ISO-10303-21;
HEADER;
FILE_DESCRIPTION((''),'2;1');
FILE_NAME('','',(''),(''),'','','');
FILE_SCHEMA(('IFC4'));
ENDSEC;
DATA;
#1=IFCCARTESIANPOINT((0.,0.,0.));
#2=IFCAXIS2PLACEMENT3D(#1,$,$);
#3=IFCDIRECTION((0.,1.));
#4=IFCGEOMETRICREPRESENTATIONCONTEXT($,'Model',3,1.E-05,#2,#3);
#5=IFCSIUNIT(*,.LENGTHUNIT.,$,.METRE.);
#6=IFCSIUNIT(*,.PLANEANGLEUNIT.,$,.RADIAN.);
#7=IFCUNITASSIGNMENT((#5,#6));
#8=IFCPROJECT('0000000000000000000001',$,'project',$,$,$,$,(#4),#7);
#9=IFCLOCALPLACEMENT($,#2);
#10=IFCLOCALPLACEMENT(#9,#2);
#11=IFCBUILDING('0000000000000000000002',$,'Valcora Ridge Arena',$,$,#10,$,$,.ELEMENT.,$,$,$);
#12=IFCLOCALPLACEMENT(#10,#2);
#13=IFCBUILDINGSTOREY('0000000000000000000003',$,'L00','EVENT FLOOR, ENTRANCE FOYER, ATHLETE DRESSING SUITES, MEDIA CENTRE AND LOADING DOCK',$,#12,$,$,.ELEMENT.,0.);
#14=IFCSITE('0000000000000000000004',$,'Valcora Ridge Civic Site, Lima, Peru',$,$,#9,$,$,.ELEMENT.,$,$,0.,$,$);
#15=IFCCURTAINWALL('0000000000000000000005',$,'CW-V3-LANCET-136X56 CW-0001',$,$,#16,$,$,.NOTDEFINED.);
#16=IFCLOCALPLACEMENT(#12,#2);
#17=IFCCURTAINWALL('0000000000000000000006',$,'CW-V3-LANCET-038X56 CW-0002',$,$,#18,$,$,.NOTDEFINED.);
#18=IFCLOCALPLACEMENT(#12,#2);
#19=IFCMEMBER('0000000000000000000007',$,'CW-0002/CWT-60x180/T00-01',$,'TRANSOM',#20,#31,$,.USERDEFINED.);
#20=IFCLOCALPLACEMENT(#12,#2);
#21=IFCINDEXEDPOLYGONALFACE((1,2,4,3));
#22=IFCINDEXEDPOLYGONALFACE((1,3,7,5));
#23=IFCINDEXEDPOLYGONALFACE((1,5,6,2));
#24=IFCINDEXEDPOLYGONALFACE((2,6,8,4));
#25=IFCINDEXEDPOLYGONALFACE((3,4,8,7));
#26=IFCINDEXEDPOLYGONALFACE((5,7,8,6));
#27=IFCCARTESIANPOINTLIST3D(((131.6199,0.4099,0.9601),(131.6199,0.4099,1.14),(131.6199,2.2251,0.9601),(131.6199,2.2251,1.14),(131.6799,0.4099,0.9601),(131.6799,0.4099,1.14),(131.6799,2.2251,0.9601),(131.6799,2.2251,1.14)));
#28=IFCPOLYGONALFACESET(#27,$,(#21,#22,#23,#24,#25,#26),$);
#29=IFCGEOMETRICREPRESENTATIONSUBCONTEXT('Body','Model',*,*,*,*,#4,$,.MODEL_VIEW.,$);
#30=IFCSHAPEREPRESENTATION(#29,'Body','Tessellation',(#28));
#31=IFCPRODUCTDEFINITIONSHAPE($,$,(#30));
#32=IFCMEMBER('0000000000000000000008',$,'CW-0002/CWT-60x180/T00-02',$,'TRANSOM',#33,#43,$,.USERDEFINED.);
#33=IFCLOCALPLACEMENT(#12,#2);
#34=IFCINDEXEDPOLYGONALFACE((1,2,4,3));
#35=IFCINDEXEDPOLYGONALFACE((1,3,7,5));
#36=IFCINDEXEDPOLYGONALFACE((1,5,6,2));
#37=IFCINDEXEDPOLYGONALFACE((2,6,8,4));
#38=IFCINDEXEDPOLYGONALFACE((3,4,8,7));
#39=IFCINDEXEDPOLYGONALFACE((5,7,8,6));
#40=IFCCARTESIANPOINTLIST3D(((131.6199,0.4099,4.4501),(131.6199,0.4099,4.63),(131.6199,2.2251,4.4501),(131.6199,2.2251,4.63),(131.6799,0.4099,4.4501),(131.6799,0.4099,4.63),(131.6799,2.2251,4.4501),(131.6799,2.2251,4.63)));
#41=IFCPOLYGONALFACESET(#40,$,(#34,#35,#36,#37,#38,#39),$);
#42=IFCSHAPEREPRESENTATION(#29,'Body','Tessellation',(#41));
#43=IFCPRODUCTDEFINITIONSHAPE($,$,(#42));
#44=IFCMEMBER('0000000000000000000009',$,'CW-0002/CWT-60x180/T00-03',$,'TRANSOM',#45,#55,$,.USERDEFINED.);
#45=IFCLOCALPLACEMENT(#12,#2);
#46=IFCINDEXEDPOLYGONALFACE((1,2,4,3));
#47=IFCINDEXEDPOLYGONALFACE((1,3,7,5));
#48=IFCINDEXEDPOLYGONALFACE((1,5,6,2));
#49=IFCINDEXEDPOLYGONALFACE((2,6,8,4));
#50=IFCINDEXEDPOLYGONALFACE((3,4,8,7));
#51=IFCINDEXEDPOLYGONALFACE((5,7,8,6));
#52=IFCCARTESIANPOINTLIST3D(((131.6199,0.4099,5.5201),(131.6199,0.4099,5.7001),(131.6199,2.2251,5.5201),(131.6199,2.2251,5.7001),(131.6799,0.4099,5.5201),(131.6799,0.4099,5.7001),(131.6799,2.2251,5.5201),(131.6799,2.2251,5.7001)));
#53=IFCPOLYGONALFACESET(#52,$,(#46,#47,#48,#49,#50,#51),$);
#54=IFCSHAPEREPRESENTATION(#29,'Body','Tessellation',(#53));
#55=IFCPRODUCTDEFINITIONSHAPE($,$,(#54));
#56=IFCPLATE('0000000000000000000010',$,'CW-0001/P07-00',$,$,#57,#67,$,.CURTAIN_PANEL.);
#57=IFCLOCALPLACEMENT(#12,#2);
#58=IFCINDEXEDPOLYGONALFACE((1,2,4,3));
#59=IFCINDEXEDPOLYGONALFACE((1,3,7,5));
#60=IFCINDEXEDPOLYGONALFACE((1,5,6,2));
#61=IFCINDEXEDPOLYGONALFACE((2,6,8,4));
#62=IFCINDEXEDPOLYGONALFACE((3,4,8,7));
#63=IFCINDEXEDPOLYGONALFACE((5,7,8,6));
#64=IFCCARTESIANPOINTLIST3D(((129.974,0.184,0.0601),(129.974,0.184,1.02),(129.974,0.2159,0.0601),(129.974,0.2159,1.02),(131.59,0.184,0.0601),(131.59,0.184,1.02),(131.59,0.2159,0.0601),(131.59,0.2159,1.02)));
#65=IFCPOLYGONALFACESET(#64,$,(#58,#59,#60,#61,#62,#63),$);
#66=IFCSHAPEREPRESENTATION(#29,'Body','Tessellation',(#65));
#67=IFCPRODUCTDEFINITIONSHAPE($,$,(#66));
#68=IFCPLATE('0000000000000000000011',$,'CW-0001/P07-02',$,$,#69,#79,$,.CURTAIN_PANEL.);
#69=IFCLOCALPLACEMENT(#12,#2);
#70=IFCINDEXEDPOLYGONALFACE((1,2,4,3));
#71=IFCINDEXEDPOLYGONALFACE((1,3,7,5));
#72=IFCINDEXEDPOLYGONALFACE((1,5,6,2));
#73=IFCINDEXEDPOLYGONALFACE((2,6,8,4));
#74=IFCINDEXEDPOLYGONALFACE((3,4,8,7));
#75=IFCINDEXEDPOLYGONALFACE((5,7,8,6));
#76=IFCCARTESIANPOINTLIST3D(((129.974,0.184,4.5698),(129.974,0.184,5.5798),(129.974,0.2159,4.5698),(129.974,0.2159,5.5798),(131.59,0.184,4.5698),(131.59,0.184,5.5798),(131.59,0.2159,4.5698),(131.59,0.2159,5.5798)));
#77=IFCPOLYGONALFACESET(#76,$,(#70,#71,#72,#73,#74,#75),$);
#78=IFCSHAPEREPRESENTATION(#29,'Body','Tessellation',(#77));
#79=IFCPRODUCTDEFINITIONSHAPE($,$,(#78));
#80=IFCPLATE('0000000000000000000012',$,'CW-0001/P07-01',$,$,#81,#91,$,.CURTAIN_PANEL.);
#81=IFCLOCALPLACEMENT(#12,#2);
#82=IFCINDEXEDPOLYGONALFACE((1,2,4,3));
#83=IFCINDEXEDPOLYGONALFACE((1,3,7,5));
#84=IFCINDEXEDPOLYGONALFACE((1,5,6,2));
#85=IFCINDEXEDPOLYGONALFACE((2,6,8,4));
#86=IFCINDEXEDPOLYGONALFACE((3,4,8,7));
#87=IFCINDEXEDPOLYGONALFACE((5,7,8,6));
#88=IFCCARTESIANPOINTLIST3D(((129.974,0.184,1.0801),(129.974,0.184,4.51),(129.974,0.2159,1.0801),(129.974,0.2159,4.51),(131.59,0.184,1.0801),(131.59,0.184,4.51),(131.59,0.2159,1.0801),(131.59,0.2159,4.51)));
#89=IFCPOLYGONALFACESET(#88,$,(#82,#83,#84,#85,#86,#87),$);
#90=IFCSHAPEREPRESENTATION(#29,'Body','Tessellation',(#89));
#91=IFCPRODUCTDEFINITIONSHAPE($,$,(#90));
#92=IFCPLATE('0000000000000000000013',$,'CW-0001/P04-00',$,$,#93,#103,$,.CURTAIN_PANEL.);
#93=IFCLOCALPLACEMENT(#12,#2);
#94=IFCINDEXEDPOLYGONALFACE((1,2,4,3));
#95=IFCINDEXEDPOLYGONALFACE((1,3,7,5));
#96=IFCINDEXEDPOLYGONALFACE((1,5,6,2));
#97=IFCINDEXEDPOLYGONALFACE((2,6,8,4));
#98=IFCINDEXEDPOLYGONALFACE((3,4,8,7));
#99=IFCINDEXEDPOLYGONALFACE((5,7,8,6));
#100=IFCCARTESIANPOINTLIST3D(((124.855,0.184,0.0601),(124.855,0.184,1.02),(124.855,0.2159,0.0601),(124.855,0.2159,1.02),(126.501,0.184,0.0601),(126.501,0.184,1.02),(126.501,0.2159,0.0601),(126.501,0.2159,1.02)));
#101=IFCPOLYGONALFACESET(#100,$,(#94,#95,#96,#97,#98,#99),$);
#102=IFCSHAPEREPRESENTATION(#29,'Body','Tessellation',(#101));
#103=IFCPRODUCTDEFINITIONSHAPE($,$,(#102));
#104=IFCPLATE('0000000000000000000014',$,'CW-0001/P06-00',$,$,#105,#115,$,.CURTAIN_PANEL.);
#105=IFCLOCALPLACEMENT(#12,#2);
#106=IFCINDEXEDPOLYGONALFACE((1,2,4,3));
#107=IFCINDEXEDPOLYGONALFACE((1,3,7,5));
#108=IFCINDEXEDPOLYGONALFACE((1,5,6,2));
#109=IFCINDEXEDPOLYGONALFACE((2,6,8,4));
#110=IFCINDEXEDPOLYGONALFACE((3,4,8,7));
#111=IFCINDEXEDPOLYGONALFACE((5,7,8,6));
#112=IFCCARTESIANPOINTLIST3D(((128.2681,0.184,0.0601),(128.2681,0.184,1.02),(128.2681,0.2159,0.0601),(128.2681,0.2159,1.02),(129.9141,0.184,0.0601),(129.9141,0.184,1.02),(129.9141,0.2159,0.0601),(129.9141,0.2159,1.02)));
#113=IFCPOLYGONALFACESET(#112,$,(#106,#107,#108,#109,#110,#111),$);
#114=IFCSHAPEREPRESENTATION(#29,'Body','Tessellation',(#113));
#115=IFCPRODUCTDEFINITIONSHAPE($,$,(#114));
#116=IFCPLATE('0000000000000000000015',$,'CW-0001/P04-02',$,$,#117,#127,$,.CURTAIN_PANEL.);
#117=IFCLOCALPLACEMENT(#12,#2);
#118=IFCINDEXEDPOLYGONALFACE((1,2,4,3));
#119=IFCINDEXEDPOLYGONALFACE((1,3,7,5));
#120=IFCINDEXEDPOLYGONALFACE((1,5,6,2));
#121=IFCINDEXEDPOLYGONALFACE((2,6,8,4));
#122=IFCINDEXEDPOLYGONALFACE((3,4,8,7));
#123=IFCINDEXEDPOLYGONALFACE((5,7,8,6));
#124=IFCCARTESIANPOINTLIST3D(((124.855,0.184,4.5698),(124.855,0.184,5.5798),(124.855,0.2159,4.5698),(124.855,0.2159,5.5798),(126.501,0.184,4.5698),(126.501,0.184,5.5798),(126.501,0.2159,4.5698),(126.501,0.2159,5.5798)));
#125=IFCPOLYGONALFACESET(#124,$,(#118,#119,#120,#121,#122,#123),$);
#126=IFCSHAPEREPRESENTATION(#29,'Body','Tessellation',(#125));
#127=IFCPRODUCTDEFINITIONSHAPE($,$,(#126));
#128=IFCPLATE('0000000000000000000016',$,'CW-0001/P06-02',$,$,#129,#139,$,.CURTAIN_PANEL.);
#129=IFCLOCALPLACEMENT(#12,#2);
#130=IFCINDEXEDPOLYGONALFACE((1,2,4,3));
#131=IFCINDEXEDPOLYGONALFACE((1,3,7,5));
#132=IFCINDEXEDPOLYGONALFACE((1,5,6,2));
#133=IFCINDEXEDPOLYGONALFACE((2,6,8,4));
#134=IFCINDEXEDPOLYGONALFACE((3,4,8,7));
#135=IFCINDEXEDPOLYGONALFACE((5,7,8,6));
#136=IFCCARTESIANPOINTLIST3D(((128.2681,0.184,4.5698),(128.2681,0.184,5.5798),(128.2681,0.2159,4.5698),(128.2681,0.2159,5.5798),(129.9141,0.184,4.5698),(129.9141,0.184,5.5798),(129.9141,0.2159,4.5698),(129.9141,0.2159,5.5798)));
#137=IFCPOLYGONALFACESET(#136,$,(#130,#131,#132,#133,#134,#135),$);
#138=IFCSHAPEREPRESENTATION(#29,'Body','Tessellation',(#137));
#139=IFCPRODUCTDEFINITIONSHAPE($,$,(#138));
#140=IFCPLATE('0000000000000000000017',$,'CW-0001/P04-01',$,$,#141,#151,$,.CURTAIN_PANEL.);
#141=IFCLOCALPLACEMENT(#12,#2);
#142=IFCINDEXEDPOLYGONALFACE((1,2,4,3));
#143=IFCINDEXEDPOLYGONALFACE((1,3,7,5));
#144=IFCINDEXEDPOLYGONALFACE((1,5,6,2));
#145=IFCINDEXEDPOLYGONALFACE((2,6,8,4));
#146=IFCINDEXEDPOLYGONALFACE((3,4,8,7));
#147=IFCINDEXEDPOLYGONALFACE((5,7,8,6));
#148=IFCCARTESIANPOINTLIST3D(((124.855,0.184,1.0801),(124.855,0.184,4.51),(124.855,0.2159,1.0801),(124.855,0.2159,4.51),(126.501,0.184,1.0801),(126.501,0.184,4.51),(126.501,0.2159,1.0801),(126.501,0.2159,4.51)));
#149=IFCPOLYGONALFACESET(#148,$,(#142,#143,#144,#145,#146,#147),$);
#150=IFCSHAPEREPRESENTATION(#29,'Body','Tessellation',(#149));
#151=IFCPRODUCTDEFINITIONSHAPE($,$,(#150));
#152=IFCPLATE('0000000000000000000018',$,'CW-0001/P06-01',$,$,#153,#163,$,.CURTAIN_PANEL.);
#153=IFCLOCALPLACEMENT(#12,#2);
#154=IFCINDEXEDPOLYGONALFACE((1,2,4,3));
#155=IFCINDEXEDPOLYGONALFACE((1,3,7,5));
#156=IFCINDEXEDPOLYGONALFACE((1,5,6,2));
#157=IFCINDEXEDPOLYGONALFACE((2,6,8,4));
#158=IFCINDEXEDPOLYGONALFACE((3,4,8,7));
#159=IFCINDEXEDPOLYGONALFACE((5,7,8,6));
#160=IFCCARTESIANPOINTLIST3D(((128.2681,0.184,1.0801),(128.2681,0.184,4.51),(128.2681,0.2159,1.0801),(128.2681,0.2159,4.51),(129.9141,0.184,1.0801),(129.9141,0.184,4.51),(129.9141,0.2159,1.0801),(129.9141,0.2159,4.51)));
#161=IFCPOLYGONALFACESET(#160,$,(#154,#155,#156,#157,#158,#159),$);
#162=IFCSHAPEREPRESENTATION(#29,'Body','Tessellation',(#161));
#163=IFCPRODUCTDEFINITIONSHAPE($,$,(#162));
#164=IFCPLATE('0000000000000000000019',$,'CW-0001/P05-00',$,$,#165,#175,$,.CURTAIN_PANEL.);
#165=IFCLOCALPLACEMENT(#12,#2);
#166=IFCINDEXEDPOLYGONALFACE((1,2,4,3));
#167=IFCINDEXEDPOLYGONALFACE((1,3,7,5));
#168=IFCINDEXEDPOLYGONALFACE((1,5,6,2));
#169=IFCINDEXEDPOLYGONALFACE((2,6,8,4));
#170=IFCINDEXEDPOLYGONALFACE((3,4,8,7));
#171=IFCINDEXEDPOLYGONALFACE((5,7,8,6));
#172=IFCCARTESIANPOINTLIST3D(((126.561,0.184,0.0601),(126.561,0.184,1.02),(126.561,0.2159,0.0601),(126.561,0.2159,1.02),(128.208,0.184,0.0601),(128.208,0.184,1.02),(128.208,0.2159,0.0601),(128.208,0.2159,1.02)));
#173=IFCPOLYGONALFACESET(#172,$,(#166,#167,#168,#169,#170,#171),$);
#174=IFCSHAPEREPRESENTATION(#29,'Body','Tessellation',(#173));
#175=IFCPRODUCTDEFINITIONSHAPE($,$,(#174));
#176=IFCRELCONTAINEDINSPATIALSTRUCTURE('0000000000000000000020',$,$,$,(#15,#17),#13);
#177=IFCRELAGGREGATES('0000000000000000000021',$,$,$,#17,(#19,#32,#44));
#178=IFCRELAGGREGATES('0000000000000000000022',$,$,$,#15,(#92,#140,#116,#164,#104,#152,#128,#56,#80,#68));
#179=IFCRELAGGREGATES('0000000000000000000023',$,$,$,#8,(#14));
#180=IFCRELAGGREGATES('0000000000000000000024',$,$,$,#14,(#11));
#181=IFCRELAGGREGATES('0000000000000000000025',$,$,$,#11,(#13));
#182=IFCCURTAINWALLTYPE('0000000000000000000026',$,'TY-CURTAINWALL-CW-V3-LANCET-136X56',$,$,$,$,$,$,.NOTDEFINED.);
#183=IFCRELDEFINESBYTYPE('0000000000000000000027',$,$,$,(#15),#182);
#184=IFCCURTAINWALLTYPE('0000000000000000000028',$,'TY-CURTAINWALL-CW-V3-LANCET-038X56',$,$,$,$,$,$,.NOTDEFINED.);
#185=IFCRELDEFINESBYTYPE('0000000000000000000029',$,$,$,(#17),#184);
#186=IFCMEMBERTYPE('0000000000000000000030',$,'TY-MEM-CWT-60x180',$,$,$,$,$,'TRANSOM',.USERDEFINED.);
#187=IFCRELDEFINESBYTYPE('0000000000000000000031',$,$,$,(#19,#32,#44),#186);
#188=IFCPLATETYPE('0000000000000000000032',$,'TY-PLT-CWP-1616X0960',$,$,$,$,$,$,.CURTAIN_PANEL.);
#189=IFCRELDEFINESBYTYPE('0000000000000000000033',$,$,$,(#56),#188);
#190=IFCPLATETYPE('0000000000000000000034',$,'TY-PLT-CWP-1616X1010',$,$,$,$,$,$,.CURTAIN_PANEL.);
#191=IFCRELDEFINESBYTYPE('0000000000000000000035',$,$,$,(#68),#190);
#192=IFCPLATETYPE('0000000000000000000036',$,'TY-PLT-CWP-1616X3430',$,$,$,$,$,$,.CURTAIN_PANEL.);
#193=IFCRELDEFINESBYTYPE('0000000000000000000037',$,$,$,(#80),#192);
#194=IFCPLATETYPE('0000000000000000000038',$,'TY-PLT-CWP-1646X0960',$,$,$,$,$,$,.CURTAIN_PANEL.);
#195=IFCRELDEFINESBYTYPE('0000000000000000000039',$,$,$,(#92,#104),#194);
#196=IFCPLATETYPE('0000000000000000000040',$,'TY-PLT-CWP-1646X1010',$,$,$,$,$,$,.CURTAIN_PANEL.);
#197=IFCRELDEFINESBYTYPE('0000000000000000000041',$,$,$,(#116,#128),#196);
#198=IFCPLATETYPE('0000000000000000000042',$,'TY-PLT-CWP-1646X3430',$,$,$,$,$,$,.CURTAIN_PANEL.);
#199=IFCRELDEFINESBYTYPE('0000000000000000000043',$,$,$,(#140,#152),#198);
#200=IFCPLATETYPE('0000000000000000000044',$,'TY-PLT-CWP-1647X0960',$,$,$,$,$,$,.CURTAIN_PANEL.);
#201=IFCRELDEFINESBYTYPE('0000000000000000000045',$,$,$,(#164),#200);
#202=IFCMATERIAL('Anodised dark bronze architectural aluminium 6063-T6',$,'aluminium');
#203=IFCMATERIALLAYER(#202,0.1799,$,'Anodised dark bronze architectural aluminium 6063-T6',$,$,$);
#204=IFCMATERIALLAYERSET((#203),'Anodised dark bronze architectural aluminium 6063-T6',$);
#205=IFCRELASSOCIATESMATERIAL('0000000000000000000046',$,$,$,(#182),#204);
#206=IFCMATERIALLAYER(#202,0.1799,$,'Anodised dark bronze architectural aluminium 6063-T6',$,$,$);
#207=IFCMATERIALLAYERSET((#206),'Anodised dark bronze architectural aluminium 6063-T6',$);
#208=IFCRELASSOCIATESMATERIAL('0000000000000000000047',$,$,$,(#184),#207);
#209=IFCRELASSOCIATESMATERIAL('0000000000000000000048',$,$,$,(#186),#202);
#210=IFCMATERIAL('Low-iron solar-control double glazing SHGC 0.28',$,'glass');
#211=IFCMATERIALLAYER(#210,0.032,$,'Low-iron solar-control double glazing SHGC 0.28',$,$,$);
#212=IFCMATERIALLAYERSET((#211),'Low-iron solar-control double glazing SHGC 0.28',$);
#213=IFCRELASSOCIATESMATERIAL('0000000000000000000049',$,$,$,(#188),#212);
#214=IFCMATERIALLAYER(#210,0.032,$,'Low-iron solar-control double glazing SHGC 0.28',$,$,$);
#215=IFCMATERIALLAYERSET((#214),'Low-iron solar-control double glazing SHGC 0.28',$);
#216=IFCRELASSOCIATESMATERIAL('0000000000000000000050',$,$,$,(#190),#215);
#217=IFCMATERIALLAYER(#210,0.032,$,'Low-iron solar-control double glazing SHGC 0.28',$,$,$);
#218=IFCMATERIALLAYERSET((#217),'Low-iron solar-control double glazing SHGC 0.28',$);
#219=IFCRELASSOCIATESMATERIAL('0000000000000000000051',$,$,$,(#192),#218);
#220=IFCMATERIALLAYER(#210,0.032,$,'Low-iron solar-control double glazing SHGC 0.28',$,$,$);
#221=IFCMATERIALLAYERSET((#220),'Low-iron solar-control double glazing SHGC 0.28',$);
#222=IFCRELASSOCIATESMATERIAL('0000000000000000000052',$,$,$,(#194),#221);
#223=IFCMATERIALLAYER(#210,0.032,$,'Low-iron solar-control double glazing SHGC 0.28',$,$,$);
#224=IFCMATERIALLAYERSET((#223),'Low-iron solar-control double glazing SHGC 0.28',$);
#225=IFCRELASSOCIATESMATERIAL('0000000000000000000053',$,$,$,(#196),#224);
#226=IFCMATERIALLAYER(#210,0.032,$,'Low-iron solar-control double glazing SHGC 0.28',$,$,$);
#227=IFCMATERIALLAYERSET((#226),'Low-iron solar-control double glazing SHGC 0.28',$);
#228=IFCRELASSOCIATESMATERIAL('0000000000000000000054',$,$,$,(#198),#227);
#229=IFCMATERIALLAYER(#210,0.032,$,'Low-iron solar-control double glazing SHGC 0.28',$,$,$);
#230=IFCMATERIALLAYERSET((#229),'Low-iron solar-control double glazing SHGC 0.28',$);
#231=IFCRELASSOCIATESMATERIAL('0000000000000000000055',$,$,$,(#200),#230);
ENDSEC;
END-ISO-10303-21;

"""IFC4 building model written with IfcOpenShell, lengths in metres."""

from ifc_helpers import new_model, si_unit, direction, frame, origin, origin_2d, place, context, subcontext, project, spatial, rectangle, extrude, material, layer, layer_set, material_profile, profile_set, type_object, element, aggregate, save


model = new_model("IFC4")

# Units and contexts
model_context = context("Model", 3, precision=1e-05, world=origin(), true_north=direction((0.0, 1.0)))
body_context = subcontext(model_context, "Body", "Model", "MODEL_VIEW")
ifc_project = project(units=[si_unit("LENGTHUNIT", "METRE"), si_unit("PLANEANGLEUNIT", "RADIAN")], contexts=[model_context])

# Site, building, storey
site_placement = place(None, origin())
site = spatial("IfcSite", under=ifc_project, at=site_placement, Name="Valcora Ridge Civic Site, Lima, Peru", CompositionType="ELEMENT", RefElevation=0.0)
building_placement = place(site_placement, origin())
building = spatial("IfcBuilding", under=site, at=building_placement, Name="Valcora Ridge Arena", CompositionType="ELEMENT")
storey_placement = place(building_placement, origin())
storey = spatial("IfcBuildingStorey", under=building, at=storey_placement, Name="L00", Description="EVENT FLOOR, ENTRANCE FOYER, ATHLETE DRESSING SUITES, MEDIA CENTRE AND LOADING DOCK", CompositionType="ELEMENT", Elevation=0.0)

# Curtain wall
ifc_material_1 = material(Name="Anodised dark bronze architectural aluminium 6063-T6", Category="aluminium")
ifc_layer_1 = layer(ifc_material_1, 0.1799, Name="Anodised dark bronze architectural aluminium 6063-T6")
ifc_layer_set_1 = layer_set([ifc_layer_1], Name="Anodised dark bronze architectural aluminium 6063-T6")
curtain_wall_type_1 = type_object("IfcCurtainWallType", Name="TY-CURTAINWALL-CW-V3-LANCET-136X56", PredefinedType="NOTDEFINED", material=ifc_layer_set_1)
curtain_wall_1_placement = place(storey_placement, origin())
curtain_wall_1 = element("IfcCurtainWall", 1, at=curtain_wall_1_placement, inside=storey, type_object=curtain_wall_type_1, Name="CW-V3-LANCET-136X56 CW-0001", PredefinedType="NOTDEFINED")

# Curtain wall
ifc_layer_2 = layer(ifc_material_1, 0.1799, Name="Anodised dark bronze architectural aluminium 6063-T6")
ifc_layer_set_2 = layer_set([ifc_layer_2], Name="Anodised dark bronze architectural aluminium 6063-T6")
curtain_wall_type_2 = type_object("IfcCurtainWallType", Name="TY-CURTAINWALL-CW-V3-LANCET-038X56", PredefinedType="NOTDEFINED", material=ifc_layer_set_2)
curtain_wall_2_placement = place(storey_placement, origin())
curtain_wall_2 = element("IfcCurtainWall", 2, at=curtain_wall_2_placement, inside=storey, type_object=curtain_wall_type_2, Name="CW-V3-LANCET-038X56 CW-0002", PredefinedType="NOTDEFINED")

# Members
ifc_material_profile_1 = material_profile(ifc_material_1, rectangle(XDim=0.0601, YDim=0.1799, at=origin_2d()), Name="ALU TRANSOM 60x180")
ifc_profile_set_1 = profile_set([ifc_material_profile_1], Name="Anodised dark bronze architectural aluminium 6063-T6")
member_type_1 = type_object("IfcMemberType", Name="TY-MEM-CWT-60x180", ElementType="TRANSOM", PredefinedType="USERDEFINED", material=ifc_profile_set_1)
member_1_placement = place(storey_placement, frame((131.6499, 0.4099, 1.05), z_axis=(0.0, 1.0, 0.0), x_axis=(-1.0, 0.0, 0.0)))
member_1 = element("IfcMember", 3, at=member_1_placement, type_object=member_type_1, Name="CW-0002/CWT-60x180/T00-01", ObjectType="TRANSOM", PredefinedType="USERDEFINED", context=body_context, shape_type="SweptSolid", body=[
    extrude(rectangle(XDim=0.0601, YDim=0.1799, at=origin_2d()), origin(), (0.0, 0.0, 1.0), 1.8152),
])
member_2_placement = place(storey_placement, frame((131.6499, 0.4099, 4.54), z_axis=(0.0, 1.0, 0.0), x_axis=(-1.0, 0.0, 0.0)))
member_2 = element("IfcMember", 4, at=member_2_placement, type_object=member_type_1, Name="CW-0002/CWT-60x180/T00-02", ObjectType="TRANSOM", PredefinedType="USERDEFINED", context=body_context, shape_type="SweptSolid", body=[
    extrude(rectangle(XDim=0.0601, YDim=0.1799, at=origin_2d()), origin(), (0.0, 0.0, 1.0), 1.8152),
])
member_3_placement = place(storey_placement, frame((131.6499, 0.4099, 5.6101), z_axis=(0.0, 1.0, 0.0), x_axis=(-1.0, 0.0, 0.0)))
member_3 = element("IfcMember", 5, at=member_3_placement, type_object=member_type_1, Name="CW-0002/CWT-60x180/T00-03", ObjectType="TRANSOM", PredefinedType="USERDEFINED", context=body_context, shape_type="SweptSolid", body=[
    extrude(rectangle(XDim=0.0601, YDim=0.1799, at=origin_2d()), origin(), (0.0, 0.0, 1.0), 1.8152),
])
aggregate(curtain_wall_2, [member_1, member_2, member_3])

# Plates
ifc_material_2 = material(Name="Low-iron solar-control double glazing SHGC 0.28", Category="glass")
ifc_layer_3 = layer(ifc_material_2, 0.032, Name="Low-iron solar-control double glazing SHGC 0.28")
ifc_layer_set_3 = layer_set([ifc_layer_3], Name="Low-iron solar-control double glazing SHGC 0.28")
plate_type_1 = type_object("IfcPlateType", Name="TY-PLT-CWP-1616X0960", PredefinedType="CURTAIN_PANEL", material=ifc_layer_set_3)
plate_1_placement = place(storey_placement, frame((130.782, 0.2, 0.0601), z_axis=(0.0, 0.0, 1.0), x_axis=(1.0, 0.0, 0.0)))
plate_1 = element("IfcPlate", 6, at=plate_1_placement, type_object=plate_type_1, Name="CW-0001/P07-00", PredefinedType="CURTAIN_PANEL", context=body_context, shape_type="SweptSolid", body=[
    extrude(rectangle(XDim=1.616, YDim=0.032, at=origin_2d()), origin(), (0.0, 0.0, 1.0), 0.96),
])
ifc_layer_4 = layer(ifc_material_2, 0.032, Name="Low-iron solar-control double glazing SHGC 0.28")
ifc_layer_set_4 = layer_set([ifc_layer_4], Name="Low-iron solar-control double glazing SHGC 0.28")
plate_type_2 = type_object("IfcPlateType", Name="TY-PLT-CWP-1616X1010", PredefinedType="CURTAIN_PANEL", material=ifc_layer_set_4)
plate_2_placement = place(storey_placement, frame((130.782, 0.2, 4.5698), z_axis=(0.0, 0.0, 1.0), x_axis=(1.0, 0.0, 0.0)))
plate_2 = element("IfcPlate", 7, at=plate_2_placement, type_object=plate_type_2, Name="CW-0001/P07-02", PredefinedType="CURTAIN_PANEL", context=body_context, shape_type="SweptSolid", body=[
    extrude(rectangle(XDim=1.616, YDim=0.032, at=origin_2d()), origin(), (0.0, 0.0, 1.0), 1.01),
])
ifc_layer_5 = layer(ifc_material_2, 0.032, Name="Low-iron solar-control double glazing SHGC 0.28")
ifc_layer_set_5 = layer_set([ifc_layer_5], Name="Low-iron solar-control double glazing SHGC 0.28")
plate_type_3 = type_object("IfcPlateType", Name="TY-PLT-CWP-1616X3430", PredefinedType="CURTAIN_PANEL", material=ifc_layer_set_5)
plate_3_placement = place(storey_placement, frame((130.782, 0.2, 1.0801), z_axis=(0.0, 0.0, 1.0), x_axis=(1.0, 0.0, 0.0)))
plate_3 = element("IfcPlate", 8, at=plate_3_placement, type_object=plate_type_3, Name="CW-0001/P07-01", PredefinedType="CURTAIN_PANEL", context=body_context, shape_type="SweptSolid", body=[
    extrude(rectangle(XDim=1.616, YDim=0.032, at=origin_2d()), origin(), (0.0, 0.0, 1.0), 3.4299),
])
ifc_layer_6 = layer(ifc_material_2, 0.032, Name="Low-iron solar-control double glazing SHGC 0.28")
ifc_layer_set_6 = layer_set([ifc_layer_6], Name="Low-iron solar-control double glazing SHGC 0.28")
plate_type_4 = type_object("IfcPlateType", Name="TY-PLT-CWP-1646X0960", PredefinedType="CURTAIN_PANEL", material=ifc_layer_set_6)
plate_4_placement = place(storey_placement, frame((125.678, 0.2, 0.0601), z_axis=(0.0, 0.0, 1.0), x_axis=(1.0, 0.0, 0.0)))
plate_4 = element("IfcPlate", 9, at=plate_4_placement, type_object=plate_type_4, Name="CW-0001/P04-00", PredefinedType="CURTAIN_PANEL", context=body_context, shape_type="SweptSolid", body=[
    extrude(rectangle(XDim=1.646, YDim=0.032, at=origin_2d()), origin(), (0.0, 0.0, 1.0), 0.96),
])
plate_5_placement = place(storey_placement, frame((129.0911, 0.2, 0.0601), z_axis=(0.0, 0.0, 1.0), x_axis=(1.0, 0.0, 0.0)))
plate_5 = element("IfcPlate", 10, at=plate_5_placement, type_object=plate_type_4, Name="CW-0001/P06-00", PredefinedType="CURTAIN_PANEL", context=body_context, shape_type="SweptSolid", body=[
    extrude(rectangle(XDim=1.646, YDim=0.032, at=origin_2d()), origin(), (0.0, 0.0, 1.0), 0.96),
])
ifc_layer_7 = layer(ifc_material_2, 0.032, Name="Low-iron solar-control double glazing SHGC 0.28")
ifc_layer_set_7 = layer_set([ifc_layer_7], Name="Low-iron solar-control double glazing SHGC 0.28")
plate_type_5 = type_object("IfcPlateType", Name="TY-PLT-CWP-1646X1010", PredefinedType="CURTAIN_PANEL", material=ifc_layer_set_7)
plate_6_placement = place(storey_placement, frame((125.678, 0.2, 4.5698), z_axis=(0.0, 0.0, 1.0), x_axis=(1.0, 0.0, 0.0)))
plate_6 = element("IfcPlate", 11, at=plate_6_placement, type_object=plate_type_5, Name="CW-0001/P04-02", PredefinedType="CURTAIN_PANEL", context=body_context, shape_type="SweptSolid", body=[
    extrude(rectangle(XDim=1.646, YDim=0.032, at=origin_2d()), origin(), (0.0, 0.0, 1.0), 1.01),
])
plate_7_placement = place(storey_placement, frame((129.0911, 0.2, 4.5698), z_axis=(0.0, 0.0, 1.0), x_axis=(1.0, 0.0, 0.0)))
plate_7 = element("IfcPlate", 12, at=plate_7_placement, type_object=plate_type_5, Name="CW-0001/P06-02", PredefinedType="CURTAIN_PANEL", context=body_context, shape_type="SweptSolid", body=[
    extrude(rectangle(XDim=1.646, YDim=0.032, at=origin_2d()), origin(), (0.0, 0.0, 1.0), 1.01),
])
ifc_layer_8 = layer(ifc_material_2, 0.032, Name="Low-iron solar-control double glazing SHGC 0.28")
ifc_layer_set_8 = layer_set([ifc_layer_8], Name="Low-iron solar-control double glazing SHGC 0.28")
plate_type_6 = type_object("IfcPlateType", Name="TY-PLT-CWP-1646X3430", PredefinedType="CURTAIN_PANEL", material=ifc_layer_set_8)
plate_8_placement = place(storey_placement, frame((125.678, 0.2, 1.0801), z_axis=(0.0, 0.0, 1.0), x_axis=(1.0, 0.0, 0.0)))
plate_8 = element("IfcPlate", 13, at=plate_8_placement, type_object=plate_type_6, Name="CW-0001/P04-01", PredefinedType="CURTAIN_PANEL", context=body_context, shape_type="SweptSolid", body=[
    extrude(rectangle(XDim=1.646, YDim=0.032, at=origin_2d()), origin(), (0.0, 0.0, 1.0), 3.4299),
])
plate_9_placement = place(storey_placement, frame((129.0911, 0.2, 1.0801), z_axis=(0.0, 0.0, 1.0), x_axis=(1.0, 0.0, 0.0)))
plate_9 = element("IfcPlate", 14, at=plate_9_placement, type_object=plate_type_6, Name="CW-0001/P06-01", PredefinedType="CURTAIN_PANEL", context=body_context, shape_type="SweptSolid", body=[
    extrude(rectangle(XDim=1.646, YDim=0.032, at=origin_2d()), origin(), (0.0, 0.0, 1.0), 3.4299),
])
ifc_layer_9 = layer(ifc_material_2, 0.032, Name="Low-iron solar-control double glazing SHGC 0.28")
ifc_layer_set_9 = layer_set([ifc_layer_9], Name="Low-iron solar-control double glazing SHGC 0.28")
plate_type_7 = type_object("IfcPlateType", Name="TY-PLT-CWP-1647X0960", PredefinedType="CURTAIN_PANEL", material=ifc_layer_set_9)
plate_10_placement = place(storey_placement, frame((127.3845, 0.2, 0.0601), z_axis=(0.0, 0.0, 1.0), x_axis=(1.0, 0.0, 0.0)))
plate_10 = element("IfcPlate", 15, at=plate_10_placement, type_object=plate_type_7, Name="CW-0001/P05-00", PredefinedType="CURTAIN_PANEL", context=body_context, shape_type="SweptSolid", body=[
    extrude(rectangle(XDim=1.647, YDim=0.032, at=origin_2d()), origin(), (0.0, 0.0, 1.0), 0.96),
])
aggregate(curtain_wall_1, [plate_4, plate_8, plate_6, plate_10, plate_5, plate_9, plate_7, plate_1, plate_3, plate_2])

save(model, "model.ifc")
